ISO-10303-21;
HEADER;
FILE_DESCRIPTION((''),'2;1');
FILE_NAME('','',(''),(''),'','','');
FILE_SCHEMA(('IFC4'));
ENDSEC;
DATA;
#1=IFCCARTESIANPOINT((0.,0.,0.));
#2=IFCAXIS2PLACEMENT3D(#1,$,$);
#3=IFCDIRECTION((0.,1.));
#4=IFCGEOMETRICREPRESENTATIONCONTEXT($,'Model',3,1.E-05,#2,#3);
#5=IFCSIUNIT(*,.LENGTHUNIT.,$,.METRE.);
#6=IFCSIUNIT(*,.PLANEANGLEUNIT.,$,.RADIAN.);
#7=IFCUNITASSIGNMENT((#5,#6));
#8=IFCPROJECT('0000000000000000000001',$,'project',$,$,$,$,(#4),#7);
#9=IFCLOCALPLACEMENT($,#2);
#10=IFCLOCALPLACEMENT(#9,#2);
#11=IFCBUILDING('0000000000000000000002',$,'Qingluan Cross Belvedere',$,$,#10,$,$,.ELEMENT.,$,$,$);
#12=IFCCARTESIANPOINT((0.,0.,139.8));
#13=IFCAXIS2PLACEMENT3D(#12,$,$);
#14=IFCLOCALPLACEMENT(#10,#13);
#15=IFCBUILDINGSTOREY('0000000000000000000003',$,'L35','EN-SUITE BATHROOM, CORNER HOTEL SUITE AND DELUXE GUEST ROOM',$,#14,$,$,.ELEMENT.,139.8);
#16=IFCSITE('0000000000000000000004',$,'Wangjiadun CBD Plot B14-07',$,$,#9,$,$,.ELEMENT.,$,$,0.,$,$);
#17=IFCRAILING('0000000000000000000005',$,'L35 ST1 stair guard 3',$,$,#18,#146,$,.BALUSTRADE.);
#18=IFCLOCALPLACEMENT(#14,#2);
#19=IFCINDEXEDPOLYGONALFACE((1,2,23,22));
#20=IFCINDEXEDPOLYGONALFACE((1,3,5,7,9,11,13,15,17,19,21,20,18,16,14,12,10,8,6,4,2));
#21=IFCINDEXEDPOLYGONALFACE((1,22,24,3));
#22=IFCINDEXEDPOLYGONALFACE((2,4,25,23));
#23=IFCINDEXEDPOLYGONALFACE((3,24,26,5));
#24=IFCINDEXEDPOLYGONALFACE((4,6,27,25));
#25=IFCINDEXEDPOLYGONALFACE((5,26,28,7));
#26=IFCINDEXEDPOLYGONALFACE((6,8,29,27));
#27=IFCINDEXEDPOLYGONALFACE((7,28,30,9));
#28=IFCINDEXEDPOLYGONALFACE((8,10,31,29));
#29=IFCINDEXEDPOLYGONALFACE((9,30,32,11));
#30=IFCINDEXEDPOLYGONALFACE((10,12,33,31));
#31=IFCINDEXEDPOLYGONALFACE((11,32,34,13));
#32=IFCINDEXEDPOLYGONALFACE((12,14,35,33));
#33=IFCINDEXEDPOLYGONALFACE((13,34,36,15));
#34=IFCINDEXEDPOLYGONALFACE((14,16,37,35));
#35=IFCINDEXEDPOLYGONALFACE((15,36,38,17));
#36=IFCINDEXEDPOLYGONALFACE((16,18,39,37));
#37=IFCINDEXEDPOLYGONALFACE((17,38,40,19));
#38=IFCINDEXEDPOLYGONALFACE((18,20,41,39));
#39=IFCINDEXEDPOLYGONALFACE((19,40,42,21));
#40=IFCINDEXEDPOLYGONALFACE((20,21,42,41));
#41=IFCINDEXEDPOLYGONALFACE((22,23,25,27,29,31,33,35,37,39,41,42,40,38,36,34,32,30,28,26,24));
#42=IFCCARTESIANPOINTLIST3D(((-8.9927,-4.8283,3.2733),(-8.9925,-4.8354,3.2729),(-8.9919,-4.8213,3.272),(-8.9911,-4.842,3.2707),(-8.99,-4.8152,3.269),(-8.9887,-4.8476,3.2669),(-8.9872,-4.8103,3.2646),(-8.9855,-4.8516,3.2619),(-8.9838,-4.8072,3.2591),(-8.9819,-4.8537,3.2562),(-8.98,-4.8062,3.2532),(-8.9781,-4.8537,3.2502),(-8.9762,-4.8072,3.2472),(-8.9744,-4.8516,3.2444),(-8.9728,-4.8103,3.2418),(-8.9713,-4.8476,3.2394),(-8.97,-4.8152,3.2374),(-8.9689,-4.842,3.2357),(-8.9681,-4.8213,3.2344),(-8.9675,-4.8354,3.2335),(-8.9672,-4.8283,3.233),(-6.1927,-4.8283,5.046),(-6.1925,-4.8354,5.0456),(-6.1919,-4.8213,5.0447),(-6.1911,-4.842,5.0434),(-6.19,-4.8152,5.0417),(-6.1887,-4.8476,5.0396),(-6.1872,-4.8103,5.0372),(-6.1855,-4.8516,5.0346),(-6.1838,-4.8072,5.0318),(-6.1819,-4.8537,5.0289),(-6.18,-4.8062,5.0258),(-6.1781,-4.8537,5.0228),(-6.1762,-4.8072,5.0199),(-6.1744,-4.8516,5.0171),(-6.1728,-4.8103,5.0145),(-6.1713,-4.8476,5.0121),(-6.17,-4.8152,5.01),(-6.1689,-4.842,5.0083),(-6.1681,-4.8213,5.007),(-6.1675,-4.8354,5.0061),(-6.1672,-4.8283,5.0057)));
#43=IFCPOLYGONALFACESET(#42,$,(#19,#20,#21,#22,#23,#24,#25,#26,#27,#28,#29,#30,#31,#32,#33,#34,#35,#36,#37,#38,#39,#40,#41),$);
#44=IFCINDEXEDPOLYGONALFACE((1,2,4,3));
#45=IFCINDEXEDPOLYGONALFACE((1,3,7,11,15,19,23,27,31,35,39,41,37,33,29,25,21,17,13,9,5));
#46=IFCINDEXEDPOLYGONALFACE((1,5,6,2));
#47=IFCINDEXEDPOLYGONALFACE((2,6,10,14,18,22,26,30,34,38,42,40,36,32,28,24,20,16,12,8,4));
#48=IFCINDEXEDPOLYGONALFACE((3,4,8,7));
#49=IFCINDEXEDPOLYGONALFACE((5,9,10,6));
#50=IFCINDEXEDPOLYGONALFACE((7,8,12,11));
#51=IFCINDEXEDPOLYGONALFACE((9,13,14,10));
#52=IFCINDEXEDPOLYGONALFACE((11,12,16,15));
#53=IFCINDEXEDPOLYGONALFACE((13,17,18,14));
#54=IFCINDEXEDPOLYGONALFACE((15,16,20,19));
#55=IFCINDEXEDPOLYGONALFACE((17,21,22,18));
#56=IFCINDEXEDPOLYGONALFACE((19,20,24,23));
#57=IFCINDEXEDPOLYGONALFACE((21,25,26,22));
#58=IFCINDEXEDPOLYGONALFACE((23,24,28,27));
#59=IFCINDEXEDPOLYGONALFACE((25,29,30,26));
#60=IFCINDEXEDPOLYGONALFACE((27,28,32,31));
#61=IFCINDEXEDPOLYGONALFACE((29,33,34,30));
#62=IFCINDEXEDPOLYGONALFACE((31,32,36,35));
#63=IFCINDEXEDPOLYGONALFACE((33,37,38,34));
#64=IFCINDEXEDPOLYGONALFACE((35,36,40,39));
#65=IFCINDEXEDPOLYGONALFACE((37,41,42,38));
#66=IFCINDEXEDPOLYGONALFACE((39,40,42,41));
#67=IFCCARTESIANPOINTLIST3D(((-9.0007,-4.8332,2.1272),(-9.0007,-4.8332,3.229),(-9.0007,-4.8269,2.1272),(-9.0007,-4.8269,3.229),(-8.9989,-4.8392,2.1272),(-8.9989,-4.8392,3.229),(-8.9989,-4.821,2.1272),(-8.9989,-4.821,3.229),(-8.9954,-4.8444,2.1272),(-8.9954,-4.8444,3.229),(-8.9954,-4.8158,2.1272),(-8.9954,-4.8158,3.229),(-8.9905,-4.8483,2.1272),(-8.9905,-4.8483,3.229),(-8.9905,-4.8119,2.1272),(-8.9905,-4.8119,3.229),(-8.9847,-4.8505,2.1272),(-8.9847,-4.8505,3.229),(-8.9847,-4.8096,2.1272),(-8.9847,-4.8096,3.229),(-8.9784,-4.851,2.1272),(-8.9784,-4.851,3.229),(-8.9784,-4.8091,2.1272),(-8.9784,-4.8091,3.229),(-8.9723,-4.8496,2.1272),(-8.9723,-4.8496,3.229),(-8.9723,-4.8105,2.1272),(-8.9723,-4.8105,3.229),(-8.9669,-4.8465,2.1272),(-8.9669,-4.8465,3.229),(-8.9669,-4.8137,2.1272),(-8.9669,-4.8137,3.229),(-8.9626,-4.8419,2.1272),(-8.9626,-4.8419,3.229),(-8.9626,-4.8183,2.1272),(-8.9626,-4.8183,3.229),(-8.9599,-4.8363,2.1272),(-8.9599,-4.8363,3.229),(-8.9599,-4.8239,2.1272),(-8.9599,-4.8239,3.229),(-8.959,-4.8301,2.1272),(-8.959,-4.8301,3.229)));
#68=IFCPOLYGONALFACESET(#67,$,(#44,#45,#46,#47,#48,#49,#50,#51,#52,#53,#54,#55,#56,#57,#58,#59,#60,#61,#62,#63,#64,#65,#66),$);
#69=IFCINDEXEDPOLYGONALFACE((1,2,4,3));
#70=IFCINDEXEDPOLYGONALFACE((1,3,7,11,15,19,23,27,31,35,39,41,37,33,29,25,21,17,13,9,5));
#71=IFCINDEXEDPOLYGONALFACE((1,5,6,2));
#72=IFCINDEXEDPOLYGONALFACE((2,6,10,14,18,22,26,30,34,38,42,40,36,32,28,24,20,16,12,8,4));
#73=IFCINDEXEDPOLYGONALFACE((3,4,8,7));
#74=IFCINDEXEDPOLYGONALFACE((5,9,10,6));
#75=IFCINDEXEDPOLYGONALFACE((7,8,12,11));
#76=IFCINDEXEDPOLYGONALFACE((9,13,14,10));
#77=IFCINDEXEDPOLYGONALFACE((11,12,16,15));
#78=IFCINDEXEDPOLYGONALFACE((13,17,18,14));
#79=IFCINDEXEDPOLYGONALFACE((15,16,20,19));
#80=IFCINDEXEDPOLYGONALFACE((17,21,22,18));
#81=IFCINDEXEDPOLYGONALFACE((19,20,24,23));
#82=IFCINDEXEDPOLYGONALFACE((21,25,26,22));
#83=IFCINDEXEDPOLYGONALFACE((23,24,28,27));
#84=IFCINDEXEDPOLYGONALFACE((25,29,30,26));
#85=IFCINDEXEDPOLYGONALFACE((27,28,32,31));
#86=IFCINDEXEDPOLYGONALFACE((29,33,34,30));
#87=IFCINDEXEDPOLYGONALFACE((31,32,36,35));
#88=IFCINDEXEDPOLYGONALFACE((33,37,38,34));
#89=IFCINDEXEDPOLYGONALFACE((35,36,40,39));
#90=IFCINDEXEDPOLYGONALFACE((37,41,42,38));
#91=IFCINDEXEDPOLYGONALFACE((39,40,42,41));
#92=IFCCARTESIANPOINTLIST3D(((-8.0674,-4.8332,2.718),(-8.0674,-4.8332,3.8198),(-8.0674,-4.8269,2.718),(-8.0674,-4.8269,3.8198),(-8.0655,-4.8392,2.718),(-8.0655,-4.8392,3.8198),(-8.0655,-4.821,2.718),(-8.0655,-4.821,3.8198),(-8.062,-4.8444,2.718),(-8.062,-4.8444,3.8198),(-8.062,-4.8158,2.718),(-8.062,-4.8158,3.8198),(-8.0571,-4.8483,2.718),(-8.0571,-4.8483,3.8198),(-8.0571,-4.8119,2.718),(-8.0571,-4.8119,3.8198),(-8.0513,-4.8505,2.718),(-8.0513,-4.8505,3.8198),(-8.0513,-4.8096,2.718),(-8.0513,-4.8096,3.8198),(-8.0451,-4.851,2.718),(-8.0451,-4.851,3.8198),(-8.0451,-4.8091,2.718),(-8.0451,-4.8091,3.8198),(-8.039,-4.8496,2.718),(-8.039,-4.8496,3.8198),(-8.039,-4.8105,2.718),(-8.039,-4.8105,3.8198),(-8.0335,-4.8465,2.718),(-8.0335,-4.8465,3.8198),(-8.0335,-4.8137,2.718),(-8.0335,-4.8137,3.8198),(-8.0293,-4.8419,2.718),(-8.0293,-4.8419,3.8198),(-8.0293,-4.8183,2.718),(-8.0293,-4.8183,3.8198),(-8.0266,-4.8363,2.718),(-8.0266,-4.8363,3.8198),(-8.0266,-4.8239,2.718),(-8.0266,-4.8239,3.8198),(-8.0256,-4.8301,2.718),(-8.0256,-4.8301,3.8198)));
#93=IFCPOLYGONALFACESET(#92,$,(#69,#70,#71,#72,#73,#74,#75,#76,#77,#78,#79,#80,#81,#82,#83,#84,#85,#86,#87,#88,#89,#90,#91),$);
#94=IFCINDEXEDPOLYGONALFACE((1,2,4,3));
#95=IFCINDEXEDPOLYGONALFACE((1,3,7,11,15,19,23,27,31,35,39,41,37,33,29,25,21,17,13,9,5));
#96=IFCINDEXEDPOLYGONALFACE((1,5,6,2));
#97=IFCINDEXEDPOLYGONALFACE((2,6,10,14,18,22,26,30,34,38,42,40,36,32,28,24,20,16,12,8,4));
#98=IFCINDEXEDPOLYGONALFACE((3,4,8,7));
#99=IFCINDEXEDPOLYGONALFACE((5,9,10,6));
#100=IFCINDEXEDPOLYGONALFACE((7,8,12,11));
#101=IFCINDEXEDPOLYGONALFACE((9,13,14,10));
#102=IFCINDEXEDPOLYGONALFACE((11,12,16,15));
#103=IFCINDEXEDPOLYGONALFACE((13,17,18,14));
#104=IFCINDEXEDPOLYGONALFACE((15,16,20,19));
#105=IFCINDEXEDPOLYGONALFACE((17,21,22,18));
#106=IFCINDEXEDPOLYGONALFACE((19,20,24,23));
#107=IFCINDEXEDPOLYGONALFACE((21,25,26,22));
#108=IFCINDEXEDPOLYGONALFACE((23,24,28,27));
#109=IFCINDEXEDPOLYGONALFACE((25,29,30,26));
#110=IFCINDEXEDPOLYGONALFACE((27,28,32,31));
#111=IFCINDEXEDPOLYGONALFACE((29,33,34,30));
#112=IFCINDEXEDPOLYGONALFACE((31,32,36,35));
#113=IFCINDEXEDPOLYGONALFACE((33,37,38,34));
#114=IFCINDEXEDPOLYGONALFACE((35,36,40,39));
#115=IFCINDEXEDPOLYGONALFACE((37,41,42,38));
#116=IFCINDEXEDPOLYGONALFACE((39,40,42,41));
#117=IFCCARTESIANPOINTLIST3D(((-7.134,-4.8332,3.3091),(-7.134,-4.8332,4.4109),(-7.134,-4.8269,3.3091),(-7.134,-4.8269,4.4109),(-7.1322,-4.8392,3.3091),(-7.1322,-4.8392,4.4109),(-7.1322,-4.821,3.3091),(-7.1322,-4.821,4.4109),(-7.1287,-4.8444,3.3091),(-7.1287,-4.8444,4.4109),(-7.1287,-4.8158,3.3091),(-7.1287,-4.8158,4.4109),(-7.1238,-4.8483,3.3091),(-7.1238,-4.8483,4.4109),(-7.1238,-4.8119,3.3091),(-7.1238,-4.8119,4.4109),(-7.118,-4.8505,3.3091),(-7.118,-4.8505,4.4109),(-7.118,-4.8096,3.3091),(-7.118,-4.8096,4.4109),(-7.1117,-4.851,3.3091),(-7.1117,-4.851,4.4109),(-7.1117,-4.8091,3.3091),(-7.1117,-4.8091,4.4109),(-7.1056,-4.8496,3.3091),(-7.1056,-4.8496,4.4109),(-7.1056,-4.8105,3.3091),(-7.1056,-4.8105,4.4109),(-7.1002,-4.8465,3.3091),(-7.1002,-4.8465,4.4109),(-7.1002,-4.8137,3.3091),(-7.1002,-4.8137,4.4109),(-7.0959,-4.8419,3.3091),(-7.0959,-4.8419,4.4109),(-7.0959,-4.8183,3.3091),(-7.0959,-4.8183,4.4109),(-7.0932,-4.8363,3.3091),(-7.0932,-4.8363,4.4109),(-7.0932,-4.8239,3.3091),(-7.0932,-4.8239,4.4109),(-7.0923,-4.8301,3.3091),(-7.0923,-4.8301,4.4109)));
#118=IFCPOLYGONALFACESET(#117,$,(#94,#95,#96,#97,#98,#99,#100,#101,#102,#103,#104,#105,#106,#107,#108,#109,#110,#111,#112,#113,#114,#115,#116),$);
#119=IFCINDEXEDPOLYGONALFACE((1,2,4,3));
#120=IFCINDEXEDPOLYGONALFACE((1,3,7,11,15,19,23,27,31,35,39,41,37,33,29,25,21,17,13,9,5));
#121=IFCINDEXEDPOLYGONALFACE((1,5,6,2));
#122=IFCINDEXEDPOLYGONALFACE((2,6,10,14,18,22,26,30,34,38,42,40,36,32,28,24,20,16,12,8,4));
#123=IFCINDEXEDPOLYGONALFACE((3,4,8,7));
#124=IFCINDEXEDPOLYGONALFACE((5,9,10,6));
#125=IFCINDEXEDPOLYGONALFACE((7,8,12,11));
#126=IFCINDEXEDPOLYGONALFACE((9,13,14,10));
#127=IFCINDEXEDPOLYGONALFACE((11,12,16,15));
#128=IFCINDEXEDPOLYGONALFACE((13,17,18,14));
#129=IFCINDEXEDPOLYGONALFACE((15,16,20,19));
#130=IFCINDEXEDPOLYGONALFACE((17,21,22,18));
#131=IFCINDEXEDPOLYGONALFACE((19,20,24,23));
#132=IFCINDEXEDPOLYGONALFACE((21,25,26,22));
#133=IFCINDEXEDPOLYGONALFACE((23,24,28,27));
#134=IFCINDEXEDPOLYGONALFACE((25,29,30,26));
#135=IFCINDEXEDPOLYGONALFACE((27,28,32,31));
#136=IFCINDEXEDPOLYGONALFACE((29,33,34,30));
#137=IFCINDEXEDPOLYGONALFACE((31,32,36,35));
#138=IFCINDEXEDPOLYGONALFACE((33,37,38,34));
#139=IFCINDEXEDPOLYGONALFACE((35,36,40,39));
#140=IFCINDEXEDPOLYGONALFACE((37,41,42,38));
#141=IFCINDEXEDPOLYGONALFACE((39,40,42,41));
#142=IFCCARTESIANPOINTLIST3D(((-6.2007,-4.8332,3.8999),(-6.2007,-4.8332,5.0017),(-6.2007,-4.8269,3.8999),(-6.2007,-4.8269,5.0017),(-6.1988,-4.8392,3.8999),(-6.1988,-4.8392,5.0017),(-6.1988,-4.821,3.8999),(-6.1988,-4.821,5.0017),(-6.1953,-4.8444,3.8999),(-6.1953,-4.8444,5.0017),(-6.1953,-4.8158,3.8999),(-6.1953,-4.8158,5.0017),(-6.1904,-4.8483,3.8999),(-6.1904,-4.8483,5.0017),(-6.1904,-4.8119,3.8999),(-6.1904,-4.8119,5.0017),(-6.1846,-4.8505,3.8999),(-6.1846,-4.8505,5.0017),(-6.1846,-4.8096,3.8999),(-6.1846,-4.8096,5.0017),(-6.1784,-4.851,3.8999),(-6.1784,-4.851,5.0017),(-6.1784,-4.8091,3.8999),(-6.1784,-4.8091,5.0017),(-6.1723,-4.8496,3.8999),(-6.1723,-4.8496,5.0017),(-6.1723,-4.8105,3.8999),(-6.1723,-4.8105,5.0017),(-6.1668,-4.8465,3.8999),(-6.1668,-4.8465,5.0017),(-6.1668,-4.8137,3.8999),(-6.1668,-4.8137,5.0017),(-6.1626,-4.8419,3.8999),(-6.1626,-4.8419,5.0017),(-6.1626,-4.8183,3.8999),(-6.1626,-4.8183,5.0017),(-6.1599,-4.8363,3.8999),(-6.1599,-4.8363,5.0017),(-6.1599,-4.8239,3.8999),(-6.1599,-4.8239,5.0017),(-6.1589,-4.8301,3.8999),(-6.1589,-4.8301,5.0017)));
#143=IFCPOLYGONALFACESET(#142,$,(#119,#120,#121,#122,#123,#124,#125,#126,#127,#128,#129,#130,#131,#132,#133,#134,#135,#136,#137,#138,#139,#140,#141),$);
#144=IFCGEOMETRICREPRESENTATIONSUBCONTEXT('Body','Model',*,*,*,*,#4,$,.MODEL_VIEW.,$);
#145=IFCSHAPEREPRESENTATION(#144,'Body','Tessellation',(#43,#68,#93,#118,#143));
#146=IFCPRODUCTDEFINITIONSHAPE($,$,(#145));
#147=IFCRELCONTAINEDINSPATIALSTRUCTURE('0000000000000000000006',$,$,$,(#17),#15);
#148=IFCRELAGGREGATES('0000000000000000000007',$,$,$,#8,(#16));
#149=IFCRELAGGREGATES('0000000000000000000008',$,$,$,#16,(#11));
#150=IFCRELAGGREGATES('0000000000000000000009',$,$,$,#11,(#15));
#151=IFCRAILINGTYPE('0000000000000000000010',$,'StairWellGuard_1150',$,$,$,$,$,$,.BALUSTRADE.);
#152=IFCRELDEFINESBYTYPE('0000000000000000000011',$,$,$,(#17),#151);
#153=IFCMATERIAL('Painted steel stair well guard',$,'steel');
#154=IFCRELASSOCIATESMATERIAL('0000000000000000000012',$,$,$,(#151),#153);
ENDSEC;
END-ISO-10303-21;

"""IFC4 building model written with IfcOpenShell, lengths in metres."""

from ifc_helpers import new_model, si_unit, direction, frame, origin, origin_2d, place, context, subcontext, project, spatial, circle, extrude, material, type_object, element, save


model = new_model("IFC4")

# Units and contexts
model_context = context("Model", 3, precision=1e-05, world=origin(), true_north=direction((0.0, 1.0)))
body_context = subcontext(model_context, "Body", "Model", "MODEL_VIEW")
ifc_project = project(units=[si_unit("LENGTHUNIT", "METRE"), si_unit("PLANEANGLEUNIT", "RADIAN")], contexts=[model_context])

# Site, building, storey
site_placement = place(None, origin())
site = spatial("IfcSite", under=ifc_project, at=site_placement, Name="Wangjiadun CBD Plot B14-07", CompositionType="ELEMENT", RefElevation=0.0)
building_placement = place(site_placement, origin())
building = spatial("IfcBuilding", under=site, at=building_placement, Name="Qingluan Cross Belvedere", CompositionType="ELEMENT")
storey_placement = place(building_placement, frame((0.0, 0.0, 139.8)))
storey = spatial("IfcBuildingStorey", under=building, at=storey_placement, Name="L35", Description="EN-SUITE BATHROOM, CORNER HOTEL SUITE AND DELUXE GUEST ROOM", CompositionType="ELEMENT", Elevation=139.8)

# Railing
ifc_material_1 = material(Name="Painted steel stair well guard", Category="steel")
railing_type_1 = type_object("IfcRailingType", Name="StairWellGuard_1150", PredefinedType="BALUSTRADE", material=ifc_material_1)
railing_1_placement = place(storey_placement, frame((-8.98, -4.8301, 2.1272)))
element("IfcRailing", 1, at=railing_1_placement, inside=storey, type_object=railing_type_1, Name="L35 ST1 stair guard 3", PredefinedType="BALUSTRADE", context=body_context, shape_type="SweptSolid", body=[
    extrude(circle(Radius=0.0239, at=origin_2d()), frame((0.0, 0.0, 1.126), z_axis=(0.844909, 0.0, 0.53491), x_axis=(0.0, 1.0, 0.0)), (0.0, 0.0, 1.0), 3.314),
    extrude(circle(Radius=0.021, at=origin_2d()), origin(), (0.0, 0.0, 1.0), 1.1018),
    extrude(circle(Radius=0.021, at=origin_2d()), frame((0.9333, 0.0, 0.5908)), (0.0, 0.0, 1.0), 1.1018),
    extrude(circle(Radius=0.021, at=origin_2d()), frame((1.8667, 0.0, 1.1819)), (0.0, 0.0, 1.0), 1.1018),
    extrude(circle(Radius=0.021, at=origin_2d()), frame((2.8, 0.0, 1.7727)), (0.0, 0.0, 1.0), 1.1018),
])

save(model, "model.ifc")
